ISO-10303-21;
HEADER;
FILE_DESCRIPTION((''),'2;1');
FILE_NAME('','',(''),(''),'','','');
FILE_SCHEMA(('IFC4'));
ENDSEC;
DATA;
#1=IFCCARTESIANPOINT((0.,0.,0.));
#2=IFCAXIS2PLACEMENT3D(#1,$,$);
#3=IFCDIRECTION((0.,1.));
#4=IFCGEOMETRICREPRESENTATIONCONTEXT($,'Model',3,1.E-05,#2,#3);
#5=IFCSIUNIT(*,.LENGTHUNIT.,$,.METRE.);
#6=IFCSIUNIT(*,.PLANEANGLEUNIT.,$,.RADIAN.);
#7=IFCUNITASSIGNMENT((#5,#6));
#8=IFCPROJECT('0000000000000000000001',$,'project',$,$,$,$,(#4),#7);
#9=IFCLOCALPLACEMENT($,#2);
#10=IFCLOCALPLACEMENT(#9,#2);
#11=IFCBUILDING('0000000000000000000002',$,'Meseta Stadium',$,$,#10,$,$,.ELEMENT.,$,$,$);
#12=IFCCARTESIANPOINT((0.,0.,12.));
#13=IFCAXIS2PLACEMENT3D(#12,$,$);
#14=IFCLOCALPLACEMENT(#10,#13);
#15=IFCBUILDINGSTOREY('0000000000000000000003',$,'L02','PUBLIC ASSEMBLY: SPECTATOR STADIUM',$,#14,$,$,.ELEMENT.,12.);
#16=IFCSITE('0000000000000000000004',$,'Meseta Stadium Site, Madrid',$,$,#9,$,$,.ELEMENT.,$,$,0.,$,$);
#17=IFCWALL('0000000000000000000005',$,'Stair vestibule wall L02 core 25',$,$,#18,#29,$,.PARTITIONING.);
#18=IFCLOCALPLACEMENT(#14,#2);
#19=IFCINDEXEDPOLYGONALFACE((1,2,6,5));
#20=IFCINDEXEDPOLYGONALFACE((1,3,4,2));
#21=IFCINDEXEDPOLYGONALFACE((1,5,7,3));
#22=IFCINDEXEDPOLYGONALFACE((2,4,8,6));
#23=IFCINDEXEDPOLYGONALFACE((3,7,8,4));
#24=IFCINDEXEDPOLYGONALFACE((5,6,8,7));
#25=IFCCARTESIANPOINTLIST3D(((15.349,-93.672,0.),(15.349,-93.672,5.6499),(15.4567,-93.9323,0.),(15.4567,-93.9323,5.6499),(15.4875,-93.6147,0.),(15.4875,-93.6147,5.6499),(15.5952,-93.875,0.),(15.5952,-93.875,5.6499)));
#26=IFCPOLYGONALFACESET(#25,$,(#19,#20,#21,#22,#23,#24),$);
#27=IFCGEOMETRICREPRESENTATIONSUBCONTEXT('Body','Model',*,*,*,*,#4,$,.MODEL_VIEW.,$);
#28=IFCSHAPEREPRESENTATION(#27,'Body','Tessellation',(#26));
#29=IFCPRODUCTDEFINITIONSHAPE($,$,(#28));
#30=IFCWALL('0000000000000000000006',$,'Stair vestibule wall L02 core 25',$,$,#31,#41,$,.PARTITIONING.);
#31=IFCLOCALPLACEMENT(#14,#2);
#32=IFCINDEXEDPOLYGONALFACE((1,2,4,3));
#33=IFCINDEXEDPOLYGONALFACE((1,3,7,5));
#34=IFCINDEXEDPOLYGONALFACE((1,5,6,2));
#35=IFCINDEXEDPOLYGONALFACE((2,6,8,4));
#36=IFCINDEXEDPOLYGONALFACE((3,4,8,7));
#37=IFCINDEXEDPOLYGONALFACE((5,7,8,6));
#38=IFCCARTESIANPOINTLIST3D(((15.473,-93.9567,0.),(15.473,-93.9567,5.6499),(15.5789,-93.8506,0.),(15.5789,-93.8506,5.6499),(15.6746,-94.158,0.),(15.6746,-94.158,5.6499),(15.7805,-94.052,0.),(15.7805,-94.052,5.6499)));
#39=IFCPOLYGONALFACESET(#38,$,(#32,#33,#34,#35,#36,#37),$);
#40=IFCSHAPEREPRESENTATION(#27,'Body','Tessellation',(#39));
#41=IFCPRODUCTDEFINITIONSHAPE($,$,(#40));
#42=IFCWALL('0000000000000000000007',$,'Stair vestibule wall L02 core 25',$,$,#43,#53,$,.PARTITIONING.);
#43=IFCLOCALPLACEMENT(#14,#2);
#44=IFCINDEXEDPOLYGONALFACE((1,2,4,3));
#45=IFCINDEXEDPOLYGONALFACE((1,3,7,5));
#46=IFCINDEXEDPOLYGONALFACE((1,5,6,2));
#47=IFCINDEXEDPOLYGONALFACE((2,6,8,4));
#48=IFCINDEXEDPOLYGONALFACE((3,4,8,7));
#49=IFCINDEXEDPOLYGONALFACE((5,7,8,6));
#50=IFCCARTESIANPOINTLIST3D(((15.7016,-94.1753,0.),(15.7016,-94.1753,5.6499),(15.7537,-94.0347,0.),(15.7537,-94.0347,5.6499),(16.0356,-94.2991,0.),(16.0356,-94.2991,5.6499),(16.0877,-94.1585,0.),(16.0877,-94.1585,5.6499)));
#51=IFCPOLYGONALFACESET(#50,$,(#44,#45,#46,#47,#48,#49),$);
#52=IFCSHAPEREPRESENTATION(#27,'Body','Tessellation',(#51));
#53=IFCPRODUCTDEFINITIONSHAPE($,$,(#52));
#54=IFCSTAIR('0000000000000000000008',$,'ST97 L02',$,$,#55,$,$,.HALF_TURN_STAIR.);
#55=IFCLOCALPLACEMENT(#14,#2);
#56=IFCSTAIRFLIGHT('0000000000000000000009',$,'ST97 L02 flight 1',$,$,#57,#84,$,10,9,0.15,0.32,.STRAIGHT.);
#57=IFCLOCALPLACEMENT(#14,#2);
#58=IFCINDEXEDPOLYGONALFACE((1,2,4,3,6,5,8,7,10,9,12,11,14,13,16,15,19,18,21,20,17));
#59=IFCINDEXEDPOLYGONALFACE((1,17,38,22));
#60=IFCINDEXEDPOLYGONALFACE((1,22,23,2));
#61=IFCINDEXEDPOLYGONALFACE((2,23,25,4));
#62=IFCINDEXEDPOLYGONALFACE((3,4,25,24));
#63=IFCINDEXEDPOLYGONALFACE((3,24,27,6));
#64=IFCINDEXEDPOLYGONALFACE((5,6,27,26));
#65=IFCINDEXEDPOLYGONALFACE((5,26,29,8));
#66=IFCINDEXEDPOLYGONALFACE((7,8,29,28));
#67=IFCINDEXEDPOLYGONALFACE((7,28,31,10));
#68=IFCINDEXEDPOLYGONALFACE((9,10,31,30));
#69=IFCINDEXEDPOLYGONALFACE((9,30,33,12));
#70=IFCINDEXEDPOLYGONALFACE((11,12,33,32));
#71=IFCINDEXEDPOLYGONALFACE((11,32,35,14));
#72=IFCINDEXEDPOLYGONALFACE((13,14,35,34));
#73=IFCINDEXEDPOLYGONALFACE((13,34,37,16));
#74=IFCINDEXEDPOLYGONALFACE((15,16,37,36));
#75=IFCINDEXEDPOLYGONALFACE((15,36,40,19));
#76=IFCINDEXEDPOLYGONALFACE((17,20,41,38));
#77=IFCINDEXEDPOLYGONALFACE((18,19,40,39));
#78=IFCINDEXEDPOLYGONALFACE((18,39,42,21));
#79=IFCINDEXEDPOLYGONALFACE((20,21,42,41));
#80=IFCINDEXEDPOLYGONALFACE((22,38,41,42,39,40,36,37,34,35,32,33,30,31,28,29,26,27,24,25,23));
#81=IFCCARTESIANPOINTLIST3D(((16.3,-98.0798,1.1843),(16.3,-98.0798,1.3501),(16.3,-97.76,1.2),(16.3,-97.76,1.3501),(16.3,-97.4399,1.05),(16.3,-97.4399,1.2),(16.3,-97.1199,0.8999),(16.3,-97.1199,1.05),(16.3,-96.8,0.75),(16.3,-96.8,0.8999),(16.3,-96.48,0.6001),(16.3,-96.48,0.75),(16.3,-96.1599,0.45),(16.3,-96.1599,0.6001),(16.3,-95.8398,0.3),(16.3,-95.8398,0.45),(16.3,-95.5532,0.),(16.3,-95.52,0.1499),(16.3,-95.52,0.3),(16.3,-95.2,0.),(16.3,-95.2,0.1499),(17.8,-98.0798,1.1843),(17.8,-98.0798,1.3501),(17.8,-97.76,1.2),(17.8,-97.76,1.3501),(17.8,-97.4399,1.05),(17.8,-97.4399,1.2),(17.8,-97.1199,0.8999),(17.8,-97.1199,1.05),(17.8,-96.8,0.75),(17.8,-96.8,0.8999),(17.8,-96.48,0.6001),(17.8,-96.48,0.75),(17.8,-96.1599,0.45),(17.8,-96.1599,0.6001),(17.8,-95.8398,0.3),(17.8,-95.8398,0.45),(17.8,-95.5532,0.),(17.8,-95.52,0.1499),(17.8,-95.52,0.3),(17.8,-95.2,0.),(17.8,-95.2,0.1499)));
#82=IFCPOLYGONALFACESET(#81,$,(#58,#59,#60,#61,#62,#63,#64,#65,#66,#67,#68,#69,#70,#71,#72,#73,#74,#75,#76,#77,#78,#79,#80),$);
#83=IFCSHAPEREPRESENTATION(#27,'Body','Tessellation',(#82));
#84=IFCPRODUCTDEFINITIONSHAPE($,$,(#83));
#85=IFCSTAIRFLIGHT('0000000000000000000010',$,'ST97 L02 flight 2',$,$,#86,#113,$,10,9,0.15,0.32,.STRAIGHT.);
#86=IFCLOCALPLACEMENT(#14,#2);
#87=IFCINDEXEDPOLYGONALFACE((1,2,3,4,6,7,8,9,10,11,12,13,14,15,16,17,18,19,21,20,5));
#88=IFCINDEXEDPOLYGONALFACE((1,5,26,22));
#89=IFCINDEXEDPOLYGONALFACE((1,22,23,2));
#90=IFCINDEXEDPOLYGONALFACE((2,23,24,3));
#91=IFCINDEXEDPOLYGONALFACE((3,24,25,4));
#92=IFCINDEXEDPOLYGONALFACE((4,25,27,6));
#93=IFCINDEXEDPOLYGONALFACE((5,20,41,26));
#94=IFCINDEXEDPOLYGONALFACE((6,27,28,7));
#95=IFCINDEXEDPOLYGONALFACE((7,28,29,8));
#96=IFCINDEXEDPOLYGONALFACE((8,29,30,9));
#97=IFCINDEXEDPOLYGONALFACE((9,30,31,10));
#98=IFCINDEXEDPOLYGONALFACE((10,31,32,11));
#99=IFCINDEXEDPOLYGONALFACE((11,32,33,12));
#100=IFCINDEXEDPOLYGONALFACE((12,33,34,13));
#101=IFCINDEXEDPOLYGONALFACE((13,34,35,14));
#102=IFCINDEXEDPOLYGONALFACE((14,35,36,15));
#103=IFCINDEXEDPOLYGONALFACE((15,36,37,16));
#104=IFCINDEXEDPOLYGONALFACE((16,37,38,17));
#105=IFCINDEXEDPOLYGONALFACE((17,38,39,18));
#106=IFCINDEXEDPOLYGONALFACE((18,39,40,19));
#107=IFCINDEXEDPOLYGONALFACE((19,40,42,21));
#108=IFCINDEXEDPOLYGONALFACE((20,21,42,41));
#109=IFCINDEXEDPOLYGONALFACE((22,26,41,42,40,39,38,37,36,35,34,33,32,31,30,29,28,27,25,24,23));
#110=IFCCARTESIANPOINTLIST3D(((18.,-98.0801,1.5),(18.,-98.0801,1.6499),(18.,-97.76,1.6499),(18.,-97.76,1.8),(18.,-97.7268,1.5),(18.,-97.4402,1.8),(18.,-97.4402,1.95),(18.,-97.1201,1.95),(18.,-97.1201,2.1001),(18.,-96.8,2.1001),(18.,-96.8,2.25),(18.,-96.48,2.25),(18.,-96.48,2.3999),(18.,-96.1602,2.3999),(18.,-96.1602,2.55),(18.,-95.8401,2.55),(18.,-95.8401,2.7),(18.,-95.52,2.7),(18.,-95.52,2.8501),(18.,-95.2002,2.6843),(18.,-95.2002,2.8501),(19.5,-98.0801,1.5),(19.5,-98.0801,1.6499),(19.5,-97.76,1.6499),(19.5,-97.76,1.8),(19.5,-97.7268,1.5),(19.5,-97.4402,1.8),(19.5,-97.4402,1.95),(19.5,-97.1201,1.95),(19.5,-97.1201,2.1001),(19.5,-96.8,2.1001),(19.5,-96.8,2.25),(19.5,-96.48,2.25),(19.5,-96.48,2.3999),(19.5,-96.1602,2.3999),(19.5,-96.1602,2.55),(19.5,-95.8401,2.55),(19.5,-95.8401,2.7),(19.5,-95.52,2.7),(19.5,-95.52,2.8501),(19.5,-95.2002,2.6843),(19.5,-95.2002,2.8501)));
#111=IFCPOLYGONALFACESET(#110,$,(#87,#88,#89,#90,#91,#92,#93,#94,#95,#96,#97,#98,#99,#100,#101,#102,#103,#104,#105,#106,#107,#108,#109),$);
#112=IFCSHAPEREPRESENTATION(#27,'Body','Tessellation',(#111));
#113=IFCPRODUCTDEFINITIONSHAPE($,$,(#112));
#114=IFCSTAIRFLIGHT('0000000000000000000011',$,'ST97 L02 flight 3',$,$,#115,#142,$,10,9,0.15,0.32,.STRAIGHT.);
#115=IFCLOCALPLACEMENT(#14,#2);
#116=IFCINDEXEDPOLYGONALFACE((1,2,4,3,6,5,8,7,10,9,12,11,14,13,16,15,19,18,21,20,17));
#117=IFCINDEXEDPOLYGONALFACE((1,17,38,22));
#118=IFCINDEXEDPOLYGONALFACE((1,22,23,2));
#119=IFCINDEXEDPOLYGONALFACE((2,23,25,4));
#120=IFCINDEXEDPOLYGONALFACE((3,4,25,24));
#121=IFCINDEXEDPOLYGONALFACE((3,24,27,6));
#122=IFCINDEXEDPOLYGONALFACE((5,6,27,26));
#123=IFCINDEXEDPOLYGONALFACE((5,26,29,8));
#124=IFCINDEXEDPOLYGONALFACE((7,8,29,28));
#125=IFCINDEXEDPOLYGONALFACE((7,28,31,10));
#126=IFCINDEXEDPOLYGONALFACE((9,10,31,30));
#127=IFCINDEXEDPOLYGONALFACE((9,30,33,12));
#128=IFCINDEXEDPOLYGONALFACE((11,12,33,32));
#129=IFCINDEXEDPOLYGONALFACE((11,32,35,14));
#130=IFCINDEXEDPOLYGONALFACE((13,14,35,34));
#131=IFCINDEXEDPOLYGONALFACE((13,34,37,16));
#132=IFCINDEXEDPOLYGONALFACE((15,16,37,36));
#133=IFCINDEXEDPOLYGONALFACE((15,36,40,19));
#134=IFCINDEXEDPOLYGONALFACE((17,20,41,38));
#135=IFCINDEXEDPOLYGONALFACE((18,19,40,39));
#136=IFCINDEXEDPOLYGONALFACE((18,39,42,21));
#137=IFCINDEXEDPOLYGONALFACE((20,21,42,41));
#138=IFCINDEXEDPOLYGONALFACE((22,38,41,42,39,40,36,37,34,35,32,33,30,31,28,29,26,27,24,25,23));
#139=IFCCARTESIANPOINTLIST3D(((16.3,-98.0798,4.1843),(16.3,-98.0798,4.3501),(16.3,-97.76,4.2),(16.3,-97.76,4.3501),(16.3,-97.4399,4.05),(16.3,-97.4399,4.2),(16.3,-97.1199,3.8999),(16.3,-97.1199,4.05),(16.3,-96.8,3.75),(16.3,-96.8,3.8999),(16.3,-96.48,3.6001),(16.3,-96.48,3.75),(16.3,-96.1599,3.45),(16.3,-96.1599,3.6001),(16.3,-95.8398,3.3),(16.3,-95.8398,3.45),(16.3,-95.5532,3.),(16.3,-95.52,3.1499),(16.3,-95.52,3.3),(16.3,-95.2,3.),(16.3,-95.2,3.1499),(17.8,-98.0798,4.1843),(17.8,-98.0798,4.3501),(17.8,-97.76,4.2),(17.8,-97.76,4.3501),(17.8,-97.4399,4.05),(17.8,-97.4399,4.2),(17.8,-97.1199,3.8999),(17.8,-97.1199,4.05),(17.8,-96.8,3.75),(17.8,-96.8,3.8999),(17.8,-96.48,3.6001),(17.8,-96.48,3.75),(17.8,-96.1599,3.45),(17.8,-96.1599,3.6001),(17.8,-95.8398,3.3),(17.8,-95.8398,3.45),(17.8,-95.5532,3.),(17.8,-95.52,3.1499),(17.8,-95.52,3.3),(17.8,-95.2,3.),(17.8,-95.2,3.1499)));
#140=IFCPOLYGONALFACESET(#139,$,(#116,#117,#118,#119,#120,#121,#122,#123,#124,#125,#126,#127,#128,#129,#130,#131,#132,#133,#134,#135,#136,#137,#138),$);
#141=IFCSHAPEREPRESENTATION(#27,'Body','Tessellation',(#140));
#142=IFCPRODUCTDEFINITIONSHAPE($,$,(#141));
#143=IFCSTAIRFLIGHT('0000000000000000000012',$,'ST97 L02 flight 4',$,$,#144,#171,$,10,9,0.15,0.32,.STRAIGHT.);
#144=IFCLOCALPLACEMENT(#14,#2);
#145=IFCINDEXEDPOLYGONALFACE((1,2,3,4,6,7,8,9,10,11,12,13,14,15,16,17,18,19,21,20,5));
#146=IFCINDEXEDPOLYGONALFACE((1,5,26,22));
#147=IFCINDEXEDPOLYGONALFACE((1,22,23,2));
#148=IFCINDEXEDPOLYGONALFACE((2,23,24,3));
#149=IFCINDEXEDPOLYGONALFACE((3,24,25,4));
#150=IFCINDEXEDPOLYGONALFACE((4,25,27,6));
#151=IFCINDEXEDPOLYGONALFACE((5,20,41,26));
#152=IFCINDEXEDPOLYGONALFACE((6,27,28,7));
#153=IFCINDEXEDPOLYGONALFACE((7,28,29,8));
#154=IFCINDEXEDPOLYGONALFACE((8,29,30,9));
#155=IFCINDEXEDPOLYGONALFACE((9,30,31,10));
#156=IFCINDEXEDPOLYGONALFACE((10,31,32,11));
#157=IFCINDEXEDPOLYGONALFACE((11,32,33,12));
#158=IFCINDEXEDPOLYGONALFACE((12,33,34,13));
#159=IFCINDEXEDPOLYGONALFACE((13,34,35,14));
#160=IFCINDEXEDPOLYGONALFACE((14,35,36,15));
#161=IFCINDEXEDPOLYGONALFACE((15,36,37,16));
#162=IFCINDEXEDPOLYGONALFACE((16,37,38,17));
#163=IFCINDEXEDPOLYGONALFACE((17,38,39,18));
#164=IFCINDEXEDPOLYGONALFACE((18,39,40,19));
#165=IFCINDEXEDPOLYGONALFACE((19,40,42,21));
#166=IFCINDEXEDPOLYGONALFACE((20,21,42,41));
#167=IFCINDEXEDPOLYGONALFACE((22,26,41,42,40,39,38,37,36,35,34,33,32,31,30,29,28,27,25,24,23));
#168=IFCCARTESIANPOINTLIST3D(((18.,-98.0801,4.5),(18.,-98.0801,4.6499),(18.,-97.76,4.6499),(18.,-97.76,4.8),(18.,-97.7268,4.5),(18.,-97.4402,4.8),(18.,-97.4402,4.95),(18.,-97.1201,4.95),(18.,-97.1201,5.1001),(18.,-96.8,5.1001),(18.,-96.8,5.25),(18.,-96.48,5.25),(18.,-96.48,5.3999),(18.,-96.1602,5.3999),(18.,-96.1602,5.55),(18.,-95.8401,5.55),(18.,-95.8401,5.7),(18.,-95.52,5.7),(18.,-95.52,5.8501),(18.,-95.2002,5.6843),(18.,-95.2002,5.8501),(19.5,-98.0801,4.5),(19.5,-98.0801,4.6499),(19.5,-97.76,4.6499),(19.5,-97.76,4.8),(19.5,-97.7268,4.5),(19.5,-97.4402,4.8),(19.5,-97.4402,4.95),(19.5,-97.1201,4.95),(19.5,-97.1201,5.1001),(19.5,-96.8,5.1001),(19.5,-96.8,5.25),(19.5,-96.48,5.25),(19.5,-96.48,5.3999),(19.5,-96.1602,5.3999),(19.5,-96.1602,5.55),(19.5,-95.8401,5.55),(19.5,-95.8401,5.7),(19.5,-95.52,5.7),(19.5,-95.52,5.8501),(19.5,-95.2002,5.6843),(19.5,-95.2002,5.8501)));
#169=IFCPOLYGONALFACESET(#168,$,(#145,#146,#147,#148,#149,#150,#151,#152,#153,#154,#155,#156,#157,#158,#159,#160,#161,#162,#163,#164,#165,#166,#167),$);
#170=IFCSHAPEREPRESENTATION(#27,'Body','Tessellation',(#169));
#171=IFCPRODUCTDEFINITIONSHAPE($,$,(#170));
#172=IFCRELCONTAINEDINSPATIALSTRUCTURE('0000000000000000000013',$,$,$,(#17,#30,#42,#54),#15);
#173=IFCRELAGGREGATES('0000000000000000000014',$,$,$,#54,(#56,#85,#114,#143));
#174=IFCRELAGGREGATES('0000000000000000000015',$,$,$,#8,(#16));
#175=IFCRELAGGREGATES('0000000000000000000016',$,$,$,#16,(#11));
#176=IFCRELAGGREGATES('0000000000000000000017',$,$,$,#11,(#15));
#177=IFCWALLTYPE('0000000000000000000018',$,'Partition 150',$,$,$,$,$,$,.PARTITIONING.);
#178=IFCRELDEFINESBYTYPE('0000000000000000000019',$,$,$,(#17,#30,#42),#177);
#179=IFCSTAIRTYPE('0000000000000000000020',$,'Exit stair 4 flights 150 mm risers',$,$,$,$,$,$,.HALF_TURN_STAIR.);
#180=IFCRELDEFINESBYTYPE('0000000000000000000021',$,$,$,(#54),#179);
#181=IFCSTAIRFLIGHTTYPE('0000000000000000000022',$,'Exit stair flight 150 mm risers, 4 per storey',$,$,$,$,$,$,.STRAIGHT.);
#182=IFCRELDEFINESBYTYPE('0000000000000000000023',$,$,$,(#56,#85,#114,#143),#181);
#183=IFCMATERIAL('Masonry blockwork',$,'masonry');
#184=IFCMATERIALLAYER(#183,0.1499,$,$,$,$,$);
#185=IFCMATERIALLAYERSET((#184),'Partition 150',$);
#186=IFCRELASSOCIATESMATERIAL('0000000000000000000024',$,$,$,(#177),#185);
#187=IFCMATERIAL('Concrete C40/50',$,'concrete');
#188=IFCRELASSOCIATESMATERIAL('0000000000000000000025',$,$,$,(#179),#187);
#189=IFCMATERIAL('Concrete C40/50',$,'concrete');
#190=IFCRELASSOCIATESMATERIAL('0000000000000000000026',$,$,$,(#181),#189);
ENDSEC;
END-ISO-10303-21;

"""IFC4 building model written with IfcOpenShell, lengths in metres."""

from ifc_helpers import new_model, si_unit, direction, frame, frame_2d, origin, place, context, subcontext, project, spatial, polyline, rectangle, outline, extrude, material, layer, layer_set, type_object, element, aggregate, save


model = new_model("IFC4")

# Units and contexts
model_context = context("Model", 3, precision=1e-05, world=origin(), true_north=direction((0.0, 1.0)))
body_context = subcontext(model_context, "Body", "Model", "MODEL_VIEW")
ifc_project = project(units=[si_unit("LENGTHUNIT", "METRE"), si_unit("PLANEANGLEUNIT", "RADIAN")], contexts=[model_context])

# Site, building, storey
site_placement = place(None, origin())
site = spatial("IfcSite", under=ifc_project, at=site_placement, Name="Meseta Stadium Site, Madrid", CompositionType="ELEMENT", RefElevation=0.0)
building_placement = place(site_placement, origin())
building = spatial("IfcBuilding", under=site, at=building_placement, Name="Meseta Stadium", CompositionType="ELEMENT")
storey_placement = place(building_placement, frame((0.0, 0.0, 12.0)))
storey = spatial("IfcBuildingStorey", under=building, at=storey_placement, Name="L02", Description="PUBLIC ASSEMBLY: SPECTATOR STADIUM", CompositionType="ELEMENT", Elevation=12.0)

# Walls
ifc_material_1 = material(Name="Masonry blockwork", Category="masonry")
ifc_layer = layer(ifc_material_1, 0.1499)
ifc_layer_set = layer_set([ifc_layer], Name="Partition 150")
wall_type = type_object("IfcWallType", Name="Partition 150", PredefinedType="PARTITIONING", material=ifc_layer_set)
wall_1_placement = place(storey_placement, frame((15.4182, -93.6433, 0.0), z_axis=(0.0, 0.0, 1.0), x_axis=(0.382275, -0.924049, 0.0)))
element("IfcWall", 1, at=wall_1_placement, inside=storey, type_object=wall_type, Name="Stair vestibule wall L02 core 25", PredefinedType="PARTITIONING", context=body_context, shape_type="SweptSolid", body=[
    extrude(rectangle(XDim=0.2817, YDim=0.1499, at=frame_2d((0.1409, 0.0))), origin(), (0.0, 0.0, 1.0), 5.6499),
])
wall_2_placement = place(storey_placement, frame((15.5259, -93.9036, 0.0), z_axis=(0.0, 0.0, 1.0), x_axis=(0.707535, -0.706678, 0.0)))
element("IfcWall", 2, at=wall_2_placement, inside=storey, type_object=wall_type, Name="Stair vestibule wall L02 core 25", PredefinedType="PARTITIONING", context=body_context, shape_type="SweptSolid", body=[
    extrude(rectangle(XDim=0.2849, YDim=0.1499, at=frame_2d((0.1426, 0.0))), origin(), (0.0, 0.0, 1.0), 5.6499),
])
wall_3_placement = place(storey_placement, frame((15.7275, -94.105, 0.0), z_axis=(0.0, 0.0, 1.0), x_axis=(0.937674, -0.347515, 0.0)))
element("IfcWall", 3, at=wall_3_placement, inside=storey, type_object=wall_type, Name="Stair vestibule wall L02 core 25", PredefinedType="PARTITIONING", context=body_context, shape_type="SweptSolid", body=[
    extrude(rectangle(XDim=0.3562, YDim=0.1499, at=frame_2d((0.1782, 0.0))), origin(), (0.0, 0.0, 1.0), 5.6499),
])

# Stair, stair flights
ifc_material_2 = material(Name="Concrete C40/50", Category="concrete")
stair_type = type_object("IfcStairType", Name="Exit stair 4 flights 150 mm risers", PredefinedType="HALF_TURN_STAIR", material=ifc_material_2)
stair_1_placement = place(storey_placement, origin())
stair_1 = element("IfcStair", 4, at=stair_1_placement, inside=storey, type_object=stair_type, Name="ST97 L02", PredefinedType="HALF_TURN_STAIR")
ifc_material_3 = material(Name="Concrete C40/50", Category="concrete")
stair_flight_type = type_object("IfcStairFlightType", Name="Exit stair flight 150 mm risers, 4 per storey", PredefinedType="STRAIGHT", material=ifc_material_3)
stair_flight_1_placement = place(storey_placement, frame((17.05, -95.2, 0.0), z_axis=(0.0, 0.0, 1.0), x_axis=(0.0, -1.0, 0.0)))
stair_flight_1 = element("IfcStairFlight", 5, at=stair_flight_1_placement, type_object=stair_flight_type, Name="ST97 L02 flight 1", NumberOfRisers=10, NumberOfTreads=9, PredefinedType="STRAIGHT", RiserHeight=0.15, TreadLength=0.32, context=body_context, shape_type="SweptSolid", body=[
    extrude(outline(polyline([(0.0, 0.0), (0.0, 0.1499), (0.3201, 0.1499), (0.3201, 0.3), (0.6399, 0.3), (0.6399, 0.45), (0.96, 0.45), (0.96, 0.6001), (1.28, 0.6001), (1.28, 0.75), (1.6001, 0.75), (1.6001, 0.8999), (1.9199, 0.8999), (1.9199, 1.05), (2.24, 1.05), (2.24, 1.2), (2.5601, 1.2), (2.5601, 1.3501), (2.8799, 1.3501), (2.8799, 1.1843), (0.3533, 0.0), (0.0, 0.0)])), frame((0.0, 0.75, 0.0), z_axis=(0.0, -1.0, 0.0), x_axis=(1.0, 0.0, 0.0)), (0.0, 0.0, 1.0), 1.5),
])
stair_flight_2_placement = place(storey_placement, frame((18.75, -98.0801, 1.5), z_axis=(0.0, 0.0, 1.0), x_axis=(0.0, 1.0, 0.0)))
stair_flight_2 = element("IfcStairFlight", 6, at=stair_flight_2_placement, type_object=stair_flight_type, Name="ST97 L02 flight 2", NumberOfRisers=10, NumberOfTreads=9, PredefinedType="STRAIGHT", RiserHeight=0.15, TreadLength=0.32, context=body_context, shape_type="SweptSolid", body=[
    extrude(outline(polyline([(0.0, 0.0), (0.0, 0.1499), (0.3201, 0.1499), (0.3201, 0.3), (0.6399, 0.3), (0.6399, 0.45), (0.96, 0.45), (0.96, 0.6001), (1.28, 0.6001), (1.28, 0.75), (1.6001, 0.75), (1.6001, 0.8999), (1.9199, 0.8999), (1.9199, 1.05), (2.24, 1.05), (2.24, 1.2), (2.5601, 1.2), (2.5601, 1.3501), (2.8799, 1.3501), (2.8799, 1.1843), (0.3533, 0.0), (0.0, 0.0)])), frame((0.0, 0.75, 0.0), z_axis=(0.0, -1.0, 0.0), x_axis=(1.0, 0.0, 0.0)), (0.0, 0.0, 1.0), 1.5),
])
stair_flight_3_placement = place(storey_placement, frame((17.05, -95.2, 3.0), z_axis=(0.0, 0.0, 1.0), x_axis=(0.0, -1.0, 0.0)))
stair_flight_3 = element("IfcStairFlight", 7, at=stair_flight_3_placement, type_object=stair_flight_type, Name="ST97 L02 flight 3", NumberOfRisers=10, NumberOfTreads=9, PredefinedType="STRAIGHT", RiserHeight=0.15, TreadLength=0.32, context=body_context, shape_type="SweptSolid", body=[
    extrude(outline(polyline([(0.0, 0.0), (0.0, 0.1499), (0.3201, 0.1499), (0.3201, 0.3), (0.6399, 0.3), (0.6399, 0.45), (0.96, 0.45), (0.96, 0.6001), (1.28, 0.6001), (1.28, 0.75), (1.6001, 0.75), (1.6001, 0.8999), (1.9199, 0.8999), (1.9199, 1.05), (2.24, 1.05), (2.24, 1.2), (2.5601, 1.2), (2.5601, 1.3501), (2.8799, 1.3501), (2.8799, 1.1843), (0.3533, 0.0), (0.0, 0.0)])), frame((0.0, 0.75, 0.0), z_axis=(0.0, -1.0, 0.0), x_axis=(1.0, 0.0, 0.0)), (0.0, 0.0, 1.0), 1.5),
])
stair_flight_4_placement = place(storey_placement, frame((18.75, -98.0801, 4.5), z_axis=(0.0, 0.0, 1.0), x_axis=(0.0, 1.0, 0.0)))
stair_flight_4 = element("IfcStairFlight", 8, at=stair_flight_4_placement, type_object=stair_flight_type, Name="ST97 L02 flight 4", NumberOfRisers=10, NumberOfTreads=9, PredefinedType="STRAIGHT", RiserHeight=0.15, TreadLength=0.32, context=body_context, shape_type="SweptSolid", body=[
    extrude(outline(polyline([(0.0, 0.0), (0.0, 0.1499), (0.3201, 0.1499), (0.3201, 0.3), (0.6399, 0.3), (0.6399, 0.45), (0.96, 0.45), (0.96, 0.6001), (1.28, 0.6001), (1.28, 0.75), (1.6001, 0.75), (1.6001, 0.8999), (1.9199, 0.8999), (1.9199, 1.05), (2.24, 1.05), (2.24, 1.2), (2.5601, 1.2), (2.5601, 1.3501), (2.8799, 1.3501), (2.8799, 1.1843), (0.3533, 0.0), (0.0, 0.0)])), frame((0.0, 0.75, 0.0), z_axis=(0.0, -1.0, 0.0), x_axis=(1.0, 0.0, 0.0)), (0.0, 0.0, 1.0), 1.5),
])
aggregate(stair_1, [stair_flight_1, stair_flight_2, stair_flight_3, stair_flight_4])

save(model, "model.ifc")
